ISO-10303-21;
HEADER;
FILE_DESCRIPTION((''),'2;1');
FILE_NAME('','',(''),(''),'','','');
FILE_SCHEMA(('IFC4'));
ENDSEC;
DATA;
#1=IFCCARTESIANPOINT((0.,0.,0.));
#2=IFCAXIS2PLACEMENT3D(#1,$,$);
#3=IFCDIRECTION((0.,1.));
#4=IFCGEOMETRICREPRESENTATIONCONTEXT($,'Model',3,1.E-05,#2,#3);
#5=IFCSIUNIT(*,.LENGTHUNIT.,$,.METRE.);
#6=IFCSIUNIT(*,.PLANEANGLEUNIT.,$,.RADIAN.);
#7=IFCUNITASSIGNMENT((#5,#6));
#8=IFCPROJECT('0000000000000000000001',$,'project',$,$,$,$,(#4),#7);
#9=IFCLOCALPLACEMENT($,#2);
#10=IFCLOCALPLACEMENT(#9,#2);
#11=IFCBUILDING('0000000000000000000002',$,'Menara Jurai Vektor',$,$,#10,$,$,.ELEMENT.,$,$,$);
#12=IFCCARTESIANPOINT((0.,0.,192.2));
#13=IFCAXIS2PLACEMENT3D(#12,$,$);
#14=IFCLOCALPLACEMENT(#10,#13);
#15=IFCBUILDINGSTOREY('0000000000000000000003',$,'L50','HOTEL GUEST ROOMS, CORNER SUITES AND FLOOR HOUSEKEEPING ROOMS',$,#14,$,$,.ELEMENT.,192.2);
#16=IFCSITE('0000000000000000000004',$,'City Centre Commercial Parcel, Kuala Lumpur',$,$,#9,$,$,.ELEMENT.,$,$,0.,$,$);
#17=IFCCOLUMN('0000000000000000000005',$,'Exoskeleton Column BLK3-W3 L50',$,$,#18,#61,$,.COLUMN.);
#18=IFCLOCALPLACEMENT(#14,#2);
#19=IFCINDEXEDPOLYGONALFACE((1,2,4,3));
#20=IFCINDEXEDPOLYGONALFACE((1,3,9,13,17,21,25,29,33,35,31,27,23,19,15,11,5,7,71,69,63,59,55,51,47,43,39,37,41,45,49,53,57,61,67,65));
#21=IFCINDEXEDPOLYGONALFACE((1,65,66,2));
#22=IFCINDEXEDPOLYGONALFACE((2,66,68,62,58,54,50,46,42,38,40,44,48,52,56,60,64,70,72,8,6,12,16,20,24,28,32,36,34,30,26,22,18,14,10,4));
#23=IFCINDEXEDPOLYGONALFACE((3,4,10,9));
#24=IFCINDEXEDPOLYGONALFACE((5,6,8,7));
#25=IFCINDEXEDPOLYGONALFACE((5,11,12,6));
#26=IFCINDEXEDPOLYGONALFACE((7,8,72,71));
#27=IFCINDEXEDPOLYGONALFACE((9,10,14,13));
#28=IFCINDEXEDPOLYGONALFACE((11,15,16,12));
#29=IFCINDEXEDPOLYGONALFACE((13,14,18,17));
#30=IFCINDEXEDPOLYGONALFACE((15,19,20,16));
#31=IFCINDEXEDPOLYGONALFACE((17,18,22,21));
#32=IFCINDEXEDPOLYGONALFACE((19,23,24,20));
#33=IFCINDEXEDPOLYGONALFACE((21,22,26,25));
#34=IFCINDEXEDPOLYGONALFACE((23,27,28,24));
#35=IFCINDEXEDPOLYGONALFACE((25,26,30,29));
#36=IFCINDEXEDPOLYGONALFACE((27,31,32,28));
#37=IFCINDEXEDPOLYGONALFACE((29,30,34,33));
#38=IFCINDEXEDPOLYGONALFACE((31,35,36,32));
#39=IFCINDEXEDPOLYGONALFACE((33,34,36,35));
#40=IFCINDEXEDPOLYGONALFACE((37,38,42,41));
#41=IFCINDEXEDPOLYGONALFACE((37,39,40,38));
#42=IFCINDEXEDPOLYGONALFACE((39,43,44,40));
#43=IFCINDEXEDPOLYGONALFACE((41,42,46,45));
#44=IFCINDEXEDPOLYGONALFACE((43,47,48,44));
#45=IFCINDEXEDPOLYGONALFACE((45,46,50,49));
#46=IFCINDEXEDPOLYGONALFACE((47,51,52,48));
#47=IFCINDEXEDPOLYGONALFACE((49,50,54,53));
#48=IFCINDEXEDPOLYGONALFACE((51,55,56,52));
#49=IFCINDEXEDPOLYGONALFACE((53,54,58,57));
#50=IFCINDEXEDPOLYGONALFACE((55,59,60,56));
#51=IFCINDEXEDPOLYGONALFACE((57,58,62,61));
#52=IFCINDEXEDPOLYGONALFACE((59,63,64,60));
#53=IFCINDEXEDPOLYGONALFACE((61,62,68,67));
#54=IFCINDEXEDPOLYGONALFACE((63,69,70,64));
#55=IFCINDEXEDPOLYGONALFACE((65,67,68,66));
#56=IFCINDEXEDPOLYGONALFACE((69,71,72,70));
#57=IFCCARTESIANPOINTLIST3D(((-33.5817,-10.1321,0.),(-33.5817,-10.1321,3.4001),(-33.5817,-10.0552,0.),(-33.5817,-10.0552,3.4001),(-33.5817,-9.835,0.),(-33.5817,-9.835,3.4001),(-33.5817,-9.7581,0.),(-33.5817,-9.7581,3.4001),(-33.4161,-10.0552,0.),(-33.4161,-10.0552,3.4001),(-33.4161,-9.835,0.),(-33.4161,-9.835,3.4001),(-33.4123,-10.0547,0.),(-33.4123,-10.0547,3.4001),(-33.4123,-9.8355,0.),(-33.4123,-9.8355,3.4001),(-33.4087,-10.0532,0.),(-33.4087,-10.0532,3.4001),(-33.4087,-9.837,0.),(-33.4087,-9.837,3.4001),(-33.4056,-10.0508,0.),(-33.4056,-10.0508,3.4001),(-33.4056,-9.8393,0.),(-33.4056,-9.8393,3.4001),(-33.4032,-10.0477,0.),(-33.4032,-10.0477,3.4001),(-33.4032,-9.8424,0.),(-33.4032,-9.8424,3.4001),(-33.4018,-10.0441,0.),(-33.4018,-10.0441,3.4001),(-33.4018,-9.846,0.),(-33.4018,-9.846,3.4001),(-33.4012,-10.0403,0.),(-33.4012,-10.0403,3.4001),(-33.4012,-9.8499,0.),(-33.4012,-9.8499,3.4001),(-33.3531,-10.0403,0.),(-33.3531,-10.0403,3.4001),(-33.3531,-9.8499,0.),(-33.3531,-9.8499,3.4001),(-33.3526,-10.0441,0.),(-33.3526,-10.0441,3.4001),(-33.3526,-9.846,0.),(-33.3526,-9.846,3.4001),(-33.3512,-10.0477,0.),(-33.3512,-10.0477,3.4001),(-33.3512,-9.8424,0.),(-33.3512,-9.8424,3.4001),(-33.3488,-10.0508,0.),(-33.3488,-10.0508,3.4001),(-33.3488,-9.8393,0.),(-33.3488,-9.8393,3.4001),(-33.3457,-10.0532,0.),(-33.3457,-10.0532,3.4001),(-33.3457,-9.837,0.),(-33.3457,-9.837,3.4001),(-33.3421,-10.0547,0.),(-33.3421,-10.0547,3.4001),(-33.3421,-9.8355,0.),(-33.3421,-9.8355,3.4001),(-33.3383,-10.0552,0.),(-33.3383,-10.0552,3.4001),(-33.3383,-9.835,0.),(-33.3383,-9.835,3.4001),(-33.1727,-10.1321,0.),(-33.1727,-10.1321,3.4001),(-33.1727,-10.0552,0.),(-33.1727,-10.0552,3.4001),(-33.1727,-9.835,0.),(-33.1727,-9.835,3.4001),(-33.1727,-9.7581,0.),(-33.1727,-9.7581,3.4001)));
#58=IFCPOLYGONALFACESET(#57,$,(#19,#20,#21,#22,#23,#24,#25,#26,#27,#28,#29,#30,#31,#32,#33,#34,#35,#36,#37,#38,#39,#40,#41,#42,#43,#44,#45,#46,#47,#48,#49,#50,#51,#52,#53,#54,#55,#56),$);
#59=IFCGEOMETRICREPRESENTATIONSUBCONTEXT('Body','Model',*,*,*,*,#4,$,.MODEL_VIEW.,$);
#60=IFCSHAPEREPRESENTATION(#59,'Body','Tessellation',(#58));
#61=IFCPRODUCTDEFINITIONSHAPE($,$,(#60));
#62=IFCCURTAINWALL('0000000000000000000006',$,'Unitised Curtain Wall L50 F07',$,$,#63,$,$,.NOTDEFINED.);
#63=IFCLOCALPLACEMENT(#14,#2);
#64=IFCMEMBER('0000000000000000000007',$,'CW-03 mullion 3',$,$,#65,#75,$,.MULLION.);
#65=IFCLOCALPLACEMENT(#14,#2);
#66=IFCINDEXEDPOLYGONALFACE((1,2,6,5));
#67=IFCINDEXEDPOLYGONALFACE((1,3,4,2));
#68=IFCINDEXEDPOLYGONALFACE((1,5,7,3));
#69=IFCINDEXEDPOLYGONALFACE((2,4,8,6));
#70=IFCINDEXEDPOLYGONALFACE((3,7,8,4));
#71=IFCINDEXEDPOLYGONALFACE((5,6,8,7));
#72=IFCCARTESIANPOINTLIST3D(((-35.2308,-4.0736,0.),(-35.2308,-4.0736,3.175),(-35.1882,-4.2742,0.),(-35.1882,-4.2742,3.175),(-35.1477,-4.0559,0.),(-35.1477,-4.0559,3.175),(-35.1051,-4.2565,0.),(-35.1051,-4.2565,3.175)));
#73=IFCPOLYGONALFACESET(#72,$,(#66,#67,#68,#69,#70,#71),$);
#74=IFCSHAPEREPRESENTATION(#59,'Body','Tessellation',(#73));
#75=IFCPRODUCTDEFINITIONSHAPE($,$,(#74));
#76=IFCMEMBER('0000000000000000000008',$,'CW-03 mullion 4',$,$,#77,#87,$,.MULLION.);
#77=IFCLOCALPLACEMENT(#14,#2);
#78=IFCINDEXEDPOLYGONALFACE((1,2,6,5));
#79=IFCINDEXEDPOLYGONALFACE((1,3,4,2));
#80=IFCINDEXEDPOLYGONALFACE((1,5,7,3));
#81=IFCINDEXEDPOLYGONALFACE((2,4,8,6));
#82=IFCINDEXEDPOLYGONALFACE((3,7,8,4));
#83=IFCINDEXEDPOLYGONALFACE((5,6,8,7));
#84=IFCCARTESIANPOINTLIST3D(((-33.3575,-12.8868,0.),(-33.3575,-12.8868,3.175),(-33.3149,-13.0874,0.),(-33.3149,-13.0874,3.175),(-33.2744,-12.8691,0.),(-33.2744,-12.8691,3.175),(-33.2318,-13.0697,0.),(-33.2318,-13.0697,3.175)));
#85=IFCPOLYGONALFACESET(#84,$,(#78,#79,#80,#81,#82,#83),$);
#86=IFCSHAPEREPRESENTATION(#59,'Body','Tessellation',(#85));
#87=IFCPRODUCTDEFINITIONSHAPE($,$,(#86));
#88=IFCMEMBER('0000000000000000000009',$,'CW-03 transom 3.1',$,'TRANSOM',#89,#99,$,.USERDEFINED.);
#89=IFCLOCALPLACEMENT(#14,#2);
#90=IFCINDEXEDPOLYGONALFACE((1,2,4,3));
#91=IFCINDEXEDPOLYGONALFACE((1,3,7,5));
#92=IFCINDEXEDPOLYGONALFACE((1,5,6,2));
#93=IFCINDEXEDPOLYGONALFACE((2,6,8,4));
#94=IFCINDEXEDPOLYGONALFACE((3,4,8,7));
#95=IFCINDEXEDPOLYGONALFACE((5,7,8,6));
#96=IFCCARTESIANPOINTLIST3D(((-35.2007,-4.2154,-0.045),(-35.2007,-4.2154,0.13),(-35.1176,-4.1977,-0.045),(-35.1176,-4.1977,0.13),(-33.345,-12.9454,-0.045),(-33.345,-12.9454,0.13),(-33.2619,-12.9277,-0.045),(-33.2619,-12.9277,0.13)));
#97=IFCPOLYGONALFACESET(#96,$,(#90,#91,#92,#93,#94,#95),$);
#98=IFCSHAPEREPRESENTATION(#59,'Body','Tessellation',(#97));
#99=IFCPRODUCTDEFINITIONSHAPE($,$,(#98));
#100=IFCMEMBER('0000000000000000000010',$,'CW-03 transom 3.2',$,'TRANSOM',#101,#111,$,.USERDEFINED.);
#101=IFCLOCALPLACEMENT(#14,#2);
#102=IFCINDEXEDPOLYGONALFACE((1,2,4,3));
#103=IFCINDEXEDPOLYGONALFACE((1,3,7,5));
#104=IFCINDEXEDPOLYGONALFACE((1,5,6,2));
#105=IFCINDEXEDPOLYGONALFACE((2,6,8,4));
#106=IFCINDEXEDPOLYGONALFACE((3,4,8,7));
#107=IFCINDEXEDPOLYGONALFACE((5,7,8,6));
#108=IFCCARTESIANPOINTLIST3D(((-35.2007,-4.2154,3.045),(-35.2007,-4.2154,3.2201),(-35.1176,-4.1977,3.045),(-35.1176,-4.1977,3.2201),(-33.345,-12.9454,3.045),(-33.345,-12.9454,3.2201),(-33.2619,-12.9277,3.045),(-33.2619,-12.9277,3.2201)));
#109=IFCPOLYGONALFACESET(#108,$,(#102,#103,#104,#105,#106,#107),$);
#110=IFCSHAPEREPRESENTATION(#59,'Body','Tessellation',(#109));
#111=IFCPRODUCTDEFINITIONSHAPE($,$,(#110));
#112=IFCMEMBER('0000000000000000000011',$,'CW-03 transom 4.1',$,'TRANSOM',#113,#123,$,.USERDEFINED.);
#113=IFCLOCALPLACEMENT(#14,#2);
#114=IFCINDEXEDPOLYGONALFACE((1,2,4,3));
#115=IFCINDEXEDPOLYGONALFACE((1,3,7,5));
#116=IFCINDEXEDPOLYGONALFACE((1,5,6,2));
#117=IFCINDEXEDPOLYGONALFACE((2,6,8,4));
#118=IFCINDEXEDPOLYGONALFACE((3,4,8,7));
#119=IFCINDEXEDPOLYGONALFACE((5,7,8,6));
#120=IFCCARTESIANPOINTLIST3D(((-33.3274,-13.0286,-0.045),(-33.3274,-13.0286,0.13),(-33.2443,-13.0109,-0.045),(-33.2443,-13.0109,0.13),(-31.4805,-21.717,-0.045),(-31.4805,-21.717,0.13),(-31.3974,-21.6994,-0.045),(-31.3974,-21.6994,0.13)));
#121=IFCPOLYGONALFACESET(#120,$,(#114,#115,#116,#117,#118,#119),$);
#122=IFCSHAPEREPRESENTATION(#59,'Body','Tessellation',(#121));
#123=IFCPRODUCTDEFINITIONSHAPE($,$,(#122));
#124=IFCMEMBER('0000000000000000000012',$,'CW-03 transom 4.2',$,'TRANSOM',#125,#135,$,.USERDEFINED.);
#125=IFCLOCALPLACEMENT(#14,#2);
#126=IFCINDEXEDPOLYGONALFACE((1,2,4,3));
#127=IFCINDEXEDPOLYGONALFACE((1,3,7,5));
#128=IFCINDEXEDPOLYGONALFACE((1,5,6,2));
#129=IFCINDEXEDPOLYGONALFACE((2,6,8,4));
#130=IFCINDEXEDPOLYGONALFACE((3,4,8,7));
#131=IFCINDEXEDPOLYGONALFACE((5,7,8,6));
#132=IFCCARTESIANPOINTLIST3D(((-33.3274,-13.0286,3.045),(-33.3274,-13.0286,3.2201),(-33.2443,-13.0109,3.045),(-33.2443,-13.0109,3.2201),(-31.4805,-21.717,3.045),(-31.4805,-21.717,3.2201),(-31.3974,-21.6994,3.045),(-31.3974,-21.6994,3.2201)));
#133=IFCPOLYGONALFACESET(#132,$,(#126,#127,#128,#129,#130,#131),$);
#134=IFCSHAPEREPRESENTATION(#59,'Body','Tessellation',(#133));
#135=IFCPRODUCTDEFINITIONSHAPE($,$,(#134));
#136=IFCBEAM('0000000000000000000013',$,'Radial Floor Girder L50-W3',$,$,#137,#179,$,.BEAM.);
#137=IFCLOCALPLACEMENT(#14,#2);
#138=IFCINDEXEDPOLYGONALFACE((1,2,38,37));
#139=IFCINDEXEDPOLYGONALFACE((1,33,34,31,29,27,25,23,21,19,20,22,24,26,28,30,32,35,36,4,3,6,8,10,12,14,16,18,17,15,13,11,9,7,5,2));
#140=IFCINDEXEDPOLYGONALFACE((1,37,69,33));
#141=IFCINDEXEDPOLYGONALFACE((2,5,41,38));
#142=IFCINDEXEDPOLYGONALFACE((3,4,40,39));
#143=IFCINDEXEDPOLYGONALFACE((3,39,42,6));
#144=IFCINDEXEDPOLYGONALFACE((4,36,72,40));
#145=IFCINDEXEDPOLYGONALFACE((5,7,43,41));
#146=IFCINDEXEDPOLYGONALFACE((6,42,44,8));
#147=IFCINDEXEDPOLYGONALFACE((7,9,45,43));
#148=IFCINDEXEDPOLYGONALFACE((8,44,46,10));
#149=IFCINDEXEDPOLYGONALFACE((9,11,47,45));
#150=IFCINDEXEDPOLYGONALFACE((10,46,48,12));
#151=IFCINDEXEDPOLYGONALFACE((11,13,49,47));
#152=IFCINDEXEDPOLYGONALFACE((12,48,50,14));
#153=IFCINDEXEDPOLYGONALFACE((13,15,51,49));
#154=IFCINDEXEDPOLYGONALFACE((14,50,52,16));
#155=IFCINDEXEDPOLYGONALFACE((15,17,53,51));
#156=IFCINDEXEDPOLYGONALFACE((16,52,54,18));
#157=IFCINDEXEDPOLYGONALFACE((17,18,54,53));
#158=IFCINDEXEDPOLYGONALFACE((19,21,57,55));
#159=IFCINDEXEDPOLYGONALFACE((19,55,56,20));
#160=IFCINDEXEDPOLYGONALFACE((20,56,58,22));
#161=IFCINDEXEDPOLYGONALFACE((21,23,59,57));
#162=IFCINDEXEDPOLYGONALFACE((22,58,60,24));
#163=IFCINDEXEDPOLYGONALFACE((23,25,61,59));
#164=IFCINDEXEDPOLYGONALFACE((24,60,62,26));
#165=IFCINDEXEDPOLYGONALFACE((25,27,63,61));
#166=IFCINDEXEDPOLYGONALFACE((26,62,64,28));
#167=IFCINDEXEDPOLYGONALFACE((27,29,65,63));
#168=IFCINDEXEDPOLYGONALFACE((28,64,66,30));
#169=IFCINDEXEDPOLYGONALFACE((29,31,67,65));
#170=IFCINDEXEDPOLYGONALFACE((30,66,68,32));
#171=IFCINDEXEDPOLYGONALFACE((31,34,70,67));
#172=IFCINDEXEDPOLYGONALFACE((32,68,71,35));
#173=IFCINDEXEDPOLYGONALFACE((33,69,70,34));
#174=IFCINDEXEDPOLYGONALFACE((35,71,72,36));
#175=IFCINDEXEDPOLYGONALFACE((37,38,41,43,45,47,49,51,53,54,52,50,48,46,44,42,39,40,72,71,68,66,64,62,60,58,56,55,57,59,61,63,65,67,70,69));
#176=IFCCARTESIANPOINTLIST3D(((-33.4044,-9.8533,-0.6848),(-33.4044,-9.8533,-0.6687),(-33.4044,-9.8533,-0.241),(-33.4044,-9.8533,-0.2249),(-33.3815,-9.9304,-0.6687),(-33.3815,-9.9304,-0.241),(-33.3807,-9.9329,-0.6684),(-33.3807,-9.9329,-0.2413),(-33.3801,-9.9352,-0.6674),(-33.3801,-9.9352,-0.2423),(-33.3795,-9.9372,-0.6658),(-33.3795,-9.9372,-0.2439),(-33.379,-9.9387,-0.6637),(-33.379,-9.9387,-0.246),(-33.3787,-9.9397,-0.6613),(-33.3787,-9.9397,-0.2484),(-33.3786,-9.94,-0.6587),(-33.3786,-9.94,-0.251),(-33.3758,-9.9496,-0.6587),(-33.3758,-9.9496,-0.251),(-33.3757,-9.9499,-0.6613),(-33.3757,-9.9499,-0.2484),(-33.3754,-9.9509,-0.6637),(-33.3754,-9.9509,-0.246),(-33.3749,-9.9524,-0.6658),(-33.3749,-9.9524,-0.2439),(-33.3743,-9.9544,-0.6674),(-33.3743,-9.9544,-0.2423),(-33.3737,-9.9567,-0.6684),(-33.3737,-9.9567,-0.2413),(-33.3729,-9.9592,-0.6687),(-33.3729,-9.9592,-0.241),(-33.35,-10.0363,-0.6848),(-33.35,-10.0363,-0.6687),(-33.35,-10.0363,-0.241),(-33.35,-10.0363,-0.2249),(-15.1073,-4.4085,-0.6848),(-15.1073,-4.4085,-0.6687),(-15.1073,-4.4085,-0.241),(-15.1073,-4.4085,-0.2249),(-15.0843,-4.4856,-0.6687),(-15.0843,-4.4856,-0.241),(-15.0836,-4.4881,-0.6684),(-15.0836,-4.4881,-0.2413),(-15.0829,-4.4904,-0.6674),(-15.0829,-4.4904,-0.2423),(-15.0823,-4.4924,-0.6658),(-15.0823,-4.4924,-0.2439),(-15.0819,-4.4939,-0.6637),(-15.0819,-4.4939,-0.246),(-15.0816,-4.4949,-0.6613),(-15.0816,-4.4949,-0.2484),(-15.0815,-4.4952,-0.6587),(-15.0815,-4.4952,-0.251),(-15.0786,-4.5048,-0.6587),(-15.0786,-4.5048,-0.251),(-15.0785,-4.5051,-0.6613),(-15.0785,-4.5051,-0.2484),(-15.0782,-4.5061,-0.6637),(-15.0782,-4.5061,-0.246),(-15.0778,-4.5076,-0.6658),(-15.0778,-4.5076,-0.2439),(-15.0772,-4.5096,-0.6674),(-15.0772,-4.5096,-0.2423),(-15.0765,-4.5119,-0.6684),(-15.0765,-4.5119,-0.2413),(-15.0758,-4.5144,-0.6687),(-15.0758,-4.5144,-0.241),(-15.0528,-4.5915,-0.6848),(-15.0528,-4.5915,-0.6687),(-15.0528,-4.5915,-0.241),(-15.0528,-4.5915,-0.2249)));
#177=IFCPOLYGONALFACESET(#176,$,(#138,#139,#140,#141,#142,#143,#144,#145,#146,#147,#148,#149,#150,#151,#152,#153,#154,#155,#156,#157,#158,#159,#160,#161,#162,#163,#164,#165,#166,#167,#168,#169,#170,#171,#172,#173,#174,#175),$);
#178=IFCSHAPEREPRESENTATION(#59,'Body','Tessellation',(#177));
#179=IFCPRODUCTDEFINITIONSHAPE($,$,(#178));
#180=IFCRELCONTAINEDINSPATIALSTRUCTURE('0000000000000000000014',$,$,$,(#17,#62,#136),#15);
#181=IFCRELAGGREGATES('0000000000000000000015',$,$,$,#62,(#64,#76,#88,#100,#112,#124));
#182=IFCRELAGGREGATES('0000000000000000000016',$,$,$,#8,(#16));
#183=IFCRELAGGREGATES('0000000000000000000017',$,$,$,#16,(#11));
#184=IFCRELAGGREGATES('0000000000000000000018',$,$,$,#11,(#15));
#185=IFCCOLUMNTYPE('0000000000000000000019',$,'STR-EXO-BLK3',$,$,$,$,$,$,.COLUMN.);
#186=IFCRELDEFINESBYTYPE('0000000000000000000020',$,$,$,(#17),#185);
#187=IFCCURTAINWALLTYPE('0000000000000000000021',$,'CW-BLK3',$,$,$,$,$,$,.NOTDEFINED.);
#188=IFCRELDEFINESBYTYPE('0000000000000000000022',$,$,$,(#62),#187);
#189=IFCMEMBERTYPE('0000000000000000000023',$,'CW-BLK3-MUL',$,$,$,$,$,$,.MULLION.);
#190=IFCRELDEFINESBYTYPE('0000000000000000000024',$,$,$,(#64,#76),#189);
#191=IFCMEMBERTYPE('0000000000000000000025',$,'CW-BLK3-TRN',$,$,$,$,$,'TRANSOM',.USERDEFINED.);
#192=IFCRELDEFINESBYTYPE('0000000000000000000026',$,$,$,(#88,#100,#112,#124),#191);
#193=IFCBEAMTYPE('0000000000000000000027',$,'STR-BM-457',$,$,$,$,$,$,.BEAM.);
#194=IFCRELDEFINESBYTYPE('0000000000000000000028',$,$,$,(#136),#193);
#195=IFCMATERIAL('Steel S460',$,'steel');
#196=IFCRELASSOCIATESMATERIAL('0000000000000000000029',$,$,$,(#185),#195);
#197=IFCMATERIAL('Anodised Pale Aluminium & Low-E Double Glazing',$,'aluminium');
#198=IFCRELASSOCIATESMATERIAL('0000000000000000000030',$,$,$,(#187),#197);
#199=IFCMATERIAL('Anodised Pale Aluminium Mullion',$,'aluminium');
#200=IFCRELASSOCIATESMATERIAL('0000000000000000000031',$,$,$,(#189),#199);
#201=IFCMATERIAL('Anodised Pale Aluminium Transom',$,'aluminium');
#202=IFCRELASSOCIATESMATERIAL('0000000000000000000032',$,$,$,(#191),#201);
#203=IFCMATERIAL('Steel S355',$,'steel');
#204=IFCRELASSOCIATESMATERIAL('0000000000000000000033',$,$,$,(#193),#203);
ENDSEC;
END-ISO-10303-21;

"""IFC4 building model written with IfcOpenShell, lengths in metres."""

from ifc_helpers import new_model, si_unit, direction, frame, origin, origin_2d, place, context, subcontext, project, spatial, rectangle, i_section, extrude, material, material_profile, profile_set, type_object, element, aggregate, save


model = new_model("IFC4")

# Units and contexts
model_context = context("Model", 3, precision=1e-05, world=origin(), true_north=direction((0.0, 1.0)))
body_context = subcontext(model_context, "Body", "Model", "MODEL_VIEW")
ifc_project = project(units=[si_unit("LENGTHUNIT", "METRE"), si_unit("PLANEANGLEUNIT", "RADIAN")], contexts=[model_context])

# Site, building, storey
site_placement = place(None, origin())
site = spatial("IfcSite", under=ifc_project, at=site_placement, Name="City Centre Commercial Parcel, Kuala Lumpur", CompositionType="ELEMENT", RefElevation=0.0)
building_placement = place(site_placement, origin())
building = spatial("IfcBuilding", under=site, at=building_placement, Name="Menara Jurai Vektor", CompositionType="ELEMENT")
storey_placement = place(building_placement, frame((0.0, 0.0, 192.2)))
storey = spatial("IfcBuildingStorey", under=building, at=storey_placement, Name="L50", Description="HOTEL GUEST ROOMS, CORNER SUITES AND FLOOR HOUSEKEEPING ROOMS", CompositionType="ELEMENT", Elevation=192.2)

# Column
ifc_material_1 = material(Name="Steel S460", Category="steel")
ifc_material_profile_1 = material_profile(ifc_material_1, i_section(OverallWidth=0.4089, OverallDepth=0.374, WebThickness=0.0481, FlangeThickness=0.0769, FilletRadius=0.0149, at=origin_2d()), Name="HD 400x634")
ifc_profile_set_1 = profile_set([ifc_material_profile_1], Name="Steel S460")
column_type = type_object("IfcColumnType", Name="STR-EXO-BLK3", PredefinedType="COLUMN", material=ifc_profile_set_1)
column_placement = place(storey_placement, frame((-33.3772, -9.9451, 0.0), z_axis=(0.0, 0.0, 1.0), x_axis=(1.0, 0.0, 0.0)))
element("IfcColumn", 1, at=column_placement, inside=storey, type_object=column_type, Name="Exoskeleton Column BLK3-W3 L50", PredefinedType="COLUMN", context=body_context, shape_type="SweptSolid", body=[
    extrude(i_section(OverallWidth=0.4089, OverallDepth=0.374, WebThickness=0.0481, FlangeThickness=0.0769, FilletRadius=0.0149, at=origin_2d()), origin(), (0.0, 0.0, 1.0), 3.4001),
])

# Curtain wall, members
ifc_material_2 = material(Name="Anodised Pale Aluminium & Low-E Double Glazing", Category="aluminium")
curtain_wall_type = type_object("IfcCurtainWallType", Name="CW-BLK3", PredefinedType="NOTDEFINED", material=ifc_material_2)
curtain_wall_placement = place(storey_placement, origin())
curtain_wall = element("IfcCurtainWall", 2, at=curtain_wall_placement, inside=storey, type_object=curtain_wall_type, Name="Unitised Curtain Wall L50 F07", PredefinedType="NOTDEFINED")
ifc_material_3 = material(Name="Anodised Pale Aluminium Mullion", Category="aluminium")
ifc_material_profile_2 = material_profile(ifc_material_3, rectangle(XDim=0.085, YDim=0.2051, at=origin_2d()), Name="ALU MUL 85x205")
ifc_profile_set_2 = profile_set([ifc_material_profile_2], Name="Anodised Pale Aluminium Mullion")
member_type_1 = type_object("IfcMemberType", Name="CW-BLK3-MUL", PredefinedType="MULLION", material=ifc_profile_set_2)
member_1_placement = place(storey_placement, frame((-35.168, -4.165, 0.0), z_axis=(0.0, 0.0, 1.0), x_axis=(0.978148, 0.20791, 0.0)))
member_1 = element("IfcMember", 3, at=member_1_placement, type_object=member_type_1, Name="CW-03 mullion 3", PredefinedType="MULLION", context=body_context, shape_type="SweptSolid", body=[
    extrude(rectangle(XDim=0.085, YDim=0.2051, at=origin_2d()), origin(), (0.0, 0.0, 1.0), 3.175),
])
member_2_placement = place(storey_placement, frame((-33.2947, -12.9783, 0.0), z_axis=(0.0, 0.0, 1.0), x_axis=(0.978148, 0.20791, 0.0)))
member_2 = element("IfcMember", 4, at=member_2_placement, type_object=member_type_1, Name="CW-03 mullion 4", PredefinedType="MULLION", context=body_context, shape_type="SweptSolid", body=[
    extrude(rectangle(XDim=0.085, YDim=0.2051, at=origin_2d()), origin(), (0.0, 0.0, 1.0), 3.175),
])
ifc_material_4 = material(Name="Anodised Pale Aluminium Transom", Category="aluminium")
ifc_material_profile_3 = material_profile(ifc_material_4, rectangle(XDim=0.085, YDim=0.175, at=origin_2d()), Name="ALU TRN 85x175")
ifc_profile_set_3 = profile_set([ifc_material_profile_3], Name="Anodised Pale Aluminium Transom")
member_type_2 = type_object("IfcMemberType", Name="CW-BLK3-TRN", ElementType="TRANSOM", PredefinedType="USERDEFINED", material=ifc_profile_set_3)
member_3_placement = place(storey_placement, frame((-35.1592, -4.2065, 0.0425), z_axis=(0.207922, -0.978145, 0.0), x_axis=(0.978145, 0.207922, 0.0)))
member_3 = element("IfcMember", 5, at=member_3_placement, type_object=member_type_2, Name="CW-03 transom 3.1", ObjectType="TRANSOM", PredefinedType="USERDEFINED", context=body_context, shape_type="SweptSolid", body=[
    extrude(rectangle(XDim=0.085, YDim=0.175, at=origin_2d()), origin(), (0.0, 0.0, 1.0), 8.925),
])
member_4_placement = place(storey_placement, frame((-35.1592, -4.2065, 3.1326), z_axis=(0.207922, -0.978145, 0.0), x_axis=(0.978145, 0.207922, 0.0)))
member_4 = element("IfcMember", 6, at=member_4_placement, type_object=member_type_2, Name="CW-03 transom 3.2", ObjectType="TRANSOM", PredefinedType="USERDEFINED", context=body_context, shape_type="SweptSolid", body=[
    extrude(rectangle(XDim=0.085, YDim=0.175, at=origin_2d()), origin(), (0.0, 0.0, 1.0), 8.925),
])
member_5_placement = place(storey_placement, frame((-33.2859, -13.0198, 0.0425), z_axis=(0.207926, -0.978145, 0.0), x_axis=(0.978145, 0.207926, 0.0)))
member_5 = element("IfcMember", 7, at=member_5_placement, type_object=member_type_2, Name="CW-03 transom 4.1", ObjectType="TRANSOM", PredefinedType="USERDEFINED", context=body_context, shape_type="SweptSolid", body=[
    extrude(rectangle(XDim=0.085, YDim=0.175, at=origin_2d()), origin(), (0.0, 0.0, 1.0), 8.8826),
])
member_6_placement = place(storey_placement, frame((-33.2859, -13.0198, 3.1326), z_axis=(0.207926, -0.978145, 0.0), x_axis=(0.978145, 0.207926, 0.0)))
member_6 = element("IfcMember", 8, at=member_6_placement, type_object=member_type_2, Name="CW-03 transom 4.2", ObjectType="TRANSOM", PredefinedType="USERDEFINED", context=body_context, shape_type="SweptSolid", body=[
    extrude(rectangle(XDim=0.085, YDim=0.175, at=origin_2d()), origin(), (0.0, 0.0, 1.0), 8.8826),
])

# Beam
ifc_material_5 = material(Name="Steel S355", Category="steel")
ifc_material_profile_4 = material_profile(ifc_material_5, i_section(OverallWidth=0.1909, OverallDepth=0.46, WebThickness=0.01, FlangeThickness=0.0161, FilletRadius=0.01, at=origin_2d()), Name="UKB 457x191x82")
ifc_profile_set_4 = profile_set([ifc_material_profile_4], Name="Steel S355")
beam_type_1 = type_object("IfcBeamType", Name="STR-BM-457", PredefinedType="BEAM", material=ifc_profile_set_4)
beam_1_placement = place(storey_placement, frame((-33.3772, -9.9448, -0.4548), z_axis=(0.958463, 0.285218, 0.0), x_axis=(-0.285218, 0.958463, 0.0)))
element("IfcBeam", 9, at=beam_1_placement, inside=storey, type_object=beam_type_1, Name="Radial Floor Girder L50-W3", PredefinedType="BEAM", context=body_context, shape_type="SweptSolid", body=[
    extrude(i_section(OverallWidth=0.1909, OverallDepth=0.46, WebThickness=0.01, FlangeThickness=0.0161, FilletRadius=0.01, at=origin_2d()), origin(), (0.0, 0.0, 1.0), 19.0901),
])

aggregate(curtain_wall, [member_1, member_2, member_3, member_4, member_5, member_6])

save(model, "model.ifc")
